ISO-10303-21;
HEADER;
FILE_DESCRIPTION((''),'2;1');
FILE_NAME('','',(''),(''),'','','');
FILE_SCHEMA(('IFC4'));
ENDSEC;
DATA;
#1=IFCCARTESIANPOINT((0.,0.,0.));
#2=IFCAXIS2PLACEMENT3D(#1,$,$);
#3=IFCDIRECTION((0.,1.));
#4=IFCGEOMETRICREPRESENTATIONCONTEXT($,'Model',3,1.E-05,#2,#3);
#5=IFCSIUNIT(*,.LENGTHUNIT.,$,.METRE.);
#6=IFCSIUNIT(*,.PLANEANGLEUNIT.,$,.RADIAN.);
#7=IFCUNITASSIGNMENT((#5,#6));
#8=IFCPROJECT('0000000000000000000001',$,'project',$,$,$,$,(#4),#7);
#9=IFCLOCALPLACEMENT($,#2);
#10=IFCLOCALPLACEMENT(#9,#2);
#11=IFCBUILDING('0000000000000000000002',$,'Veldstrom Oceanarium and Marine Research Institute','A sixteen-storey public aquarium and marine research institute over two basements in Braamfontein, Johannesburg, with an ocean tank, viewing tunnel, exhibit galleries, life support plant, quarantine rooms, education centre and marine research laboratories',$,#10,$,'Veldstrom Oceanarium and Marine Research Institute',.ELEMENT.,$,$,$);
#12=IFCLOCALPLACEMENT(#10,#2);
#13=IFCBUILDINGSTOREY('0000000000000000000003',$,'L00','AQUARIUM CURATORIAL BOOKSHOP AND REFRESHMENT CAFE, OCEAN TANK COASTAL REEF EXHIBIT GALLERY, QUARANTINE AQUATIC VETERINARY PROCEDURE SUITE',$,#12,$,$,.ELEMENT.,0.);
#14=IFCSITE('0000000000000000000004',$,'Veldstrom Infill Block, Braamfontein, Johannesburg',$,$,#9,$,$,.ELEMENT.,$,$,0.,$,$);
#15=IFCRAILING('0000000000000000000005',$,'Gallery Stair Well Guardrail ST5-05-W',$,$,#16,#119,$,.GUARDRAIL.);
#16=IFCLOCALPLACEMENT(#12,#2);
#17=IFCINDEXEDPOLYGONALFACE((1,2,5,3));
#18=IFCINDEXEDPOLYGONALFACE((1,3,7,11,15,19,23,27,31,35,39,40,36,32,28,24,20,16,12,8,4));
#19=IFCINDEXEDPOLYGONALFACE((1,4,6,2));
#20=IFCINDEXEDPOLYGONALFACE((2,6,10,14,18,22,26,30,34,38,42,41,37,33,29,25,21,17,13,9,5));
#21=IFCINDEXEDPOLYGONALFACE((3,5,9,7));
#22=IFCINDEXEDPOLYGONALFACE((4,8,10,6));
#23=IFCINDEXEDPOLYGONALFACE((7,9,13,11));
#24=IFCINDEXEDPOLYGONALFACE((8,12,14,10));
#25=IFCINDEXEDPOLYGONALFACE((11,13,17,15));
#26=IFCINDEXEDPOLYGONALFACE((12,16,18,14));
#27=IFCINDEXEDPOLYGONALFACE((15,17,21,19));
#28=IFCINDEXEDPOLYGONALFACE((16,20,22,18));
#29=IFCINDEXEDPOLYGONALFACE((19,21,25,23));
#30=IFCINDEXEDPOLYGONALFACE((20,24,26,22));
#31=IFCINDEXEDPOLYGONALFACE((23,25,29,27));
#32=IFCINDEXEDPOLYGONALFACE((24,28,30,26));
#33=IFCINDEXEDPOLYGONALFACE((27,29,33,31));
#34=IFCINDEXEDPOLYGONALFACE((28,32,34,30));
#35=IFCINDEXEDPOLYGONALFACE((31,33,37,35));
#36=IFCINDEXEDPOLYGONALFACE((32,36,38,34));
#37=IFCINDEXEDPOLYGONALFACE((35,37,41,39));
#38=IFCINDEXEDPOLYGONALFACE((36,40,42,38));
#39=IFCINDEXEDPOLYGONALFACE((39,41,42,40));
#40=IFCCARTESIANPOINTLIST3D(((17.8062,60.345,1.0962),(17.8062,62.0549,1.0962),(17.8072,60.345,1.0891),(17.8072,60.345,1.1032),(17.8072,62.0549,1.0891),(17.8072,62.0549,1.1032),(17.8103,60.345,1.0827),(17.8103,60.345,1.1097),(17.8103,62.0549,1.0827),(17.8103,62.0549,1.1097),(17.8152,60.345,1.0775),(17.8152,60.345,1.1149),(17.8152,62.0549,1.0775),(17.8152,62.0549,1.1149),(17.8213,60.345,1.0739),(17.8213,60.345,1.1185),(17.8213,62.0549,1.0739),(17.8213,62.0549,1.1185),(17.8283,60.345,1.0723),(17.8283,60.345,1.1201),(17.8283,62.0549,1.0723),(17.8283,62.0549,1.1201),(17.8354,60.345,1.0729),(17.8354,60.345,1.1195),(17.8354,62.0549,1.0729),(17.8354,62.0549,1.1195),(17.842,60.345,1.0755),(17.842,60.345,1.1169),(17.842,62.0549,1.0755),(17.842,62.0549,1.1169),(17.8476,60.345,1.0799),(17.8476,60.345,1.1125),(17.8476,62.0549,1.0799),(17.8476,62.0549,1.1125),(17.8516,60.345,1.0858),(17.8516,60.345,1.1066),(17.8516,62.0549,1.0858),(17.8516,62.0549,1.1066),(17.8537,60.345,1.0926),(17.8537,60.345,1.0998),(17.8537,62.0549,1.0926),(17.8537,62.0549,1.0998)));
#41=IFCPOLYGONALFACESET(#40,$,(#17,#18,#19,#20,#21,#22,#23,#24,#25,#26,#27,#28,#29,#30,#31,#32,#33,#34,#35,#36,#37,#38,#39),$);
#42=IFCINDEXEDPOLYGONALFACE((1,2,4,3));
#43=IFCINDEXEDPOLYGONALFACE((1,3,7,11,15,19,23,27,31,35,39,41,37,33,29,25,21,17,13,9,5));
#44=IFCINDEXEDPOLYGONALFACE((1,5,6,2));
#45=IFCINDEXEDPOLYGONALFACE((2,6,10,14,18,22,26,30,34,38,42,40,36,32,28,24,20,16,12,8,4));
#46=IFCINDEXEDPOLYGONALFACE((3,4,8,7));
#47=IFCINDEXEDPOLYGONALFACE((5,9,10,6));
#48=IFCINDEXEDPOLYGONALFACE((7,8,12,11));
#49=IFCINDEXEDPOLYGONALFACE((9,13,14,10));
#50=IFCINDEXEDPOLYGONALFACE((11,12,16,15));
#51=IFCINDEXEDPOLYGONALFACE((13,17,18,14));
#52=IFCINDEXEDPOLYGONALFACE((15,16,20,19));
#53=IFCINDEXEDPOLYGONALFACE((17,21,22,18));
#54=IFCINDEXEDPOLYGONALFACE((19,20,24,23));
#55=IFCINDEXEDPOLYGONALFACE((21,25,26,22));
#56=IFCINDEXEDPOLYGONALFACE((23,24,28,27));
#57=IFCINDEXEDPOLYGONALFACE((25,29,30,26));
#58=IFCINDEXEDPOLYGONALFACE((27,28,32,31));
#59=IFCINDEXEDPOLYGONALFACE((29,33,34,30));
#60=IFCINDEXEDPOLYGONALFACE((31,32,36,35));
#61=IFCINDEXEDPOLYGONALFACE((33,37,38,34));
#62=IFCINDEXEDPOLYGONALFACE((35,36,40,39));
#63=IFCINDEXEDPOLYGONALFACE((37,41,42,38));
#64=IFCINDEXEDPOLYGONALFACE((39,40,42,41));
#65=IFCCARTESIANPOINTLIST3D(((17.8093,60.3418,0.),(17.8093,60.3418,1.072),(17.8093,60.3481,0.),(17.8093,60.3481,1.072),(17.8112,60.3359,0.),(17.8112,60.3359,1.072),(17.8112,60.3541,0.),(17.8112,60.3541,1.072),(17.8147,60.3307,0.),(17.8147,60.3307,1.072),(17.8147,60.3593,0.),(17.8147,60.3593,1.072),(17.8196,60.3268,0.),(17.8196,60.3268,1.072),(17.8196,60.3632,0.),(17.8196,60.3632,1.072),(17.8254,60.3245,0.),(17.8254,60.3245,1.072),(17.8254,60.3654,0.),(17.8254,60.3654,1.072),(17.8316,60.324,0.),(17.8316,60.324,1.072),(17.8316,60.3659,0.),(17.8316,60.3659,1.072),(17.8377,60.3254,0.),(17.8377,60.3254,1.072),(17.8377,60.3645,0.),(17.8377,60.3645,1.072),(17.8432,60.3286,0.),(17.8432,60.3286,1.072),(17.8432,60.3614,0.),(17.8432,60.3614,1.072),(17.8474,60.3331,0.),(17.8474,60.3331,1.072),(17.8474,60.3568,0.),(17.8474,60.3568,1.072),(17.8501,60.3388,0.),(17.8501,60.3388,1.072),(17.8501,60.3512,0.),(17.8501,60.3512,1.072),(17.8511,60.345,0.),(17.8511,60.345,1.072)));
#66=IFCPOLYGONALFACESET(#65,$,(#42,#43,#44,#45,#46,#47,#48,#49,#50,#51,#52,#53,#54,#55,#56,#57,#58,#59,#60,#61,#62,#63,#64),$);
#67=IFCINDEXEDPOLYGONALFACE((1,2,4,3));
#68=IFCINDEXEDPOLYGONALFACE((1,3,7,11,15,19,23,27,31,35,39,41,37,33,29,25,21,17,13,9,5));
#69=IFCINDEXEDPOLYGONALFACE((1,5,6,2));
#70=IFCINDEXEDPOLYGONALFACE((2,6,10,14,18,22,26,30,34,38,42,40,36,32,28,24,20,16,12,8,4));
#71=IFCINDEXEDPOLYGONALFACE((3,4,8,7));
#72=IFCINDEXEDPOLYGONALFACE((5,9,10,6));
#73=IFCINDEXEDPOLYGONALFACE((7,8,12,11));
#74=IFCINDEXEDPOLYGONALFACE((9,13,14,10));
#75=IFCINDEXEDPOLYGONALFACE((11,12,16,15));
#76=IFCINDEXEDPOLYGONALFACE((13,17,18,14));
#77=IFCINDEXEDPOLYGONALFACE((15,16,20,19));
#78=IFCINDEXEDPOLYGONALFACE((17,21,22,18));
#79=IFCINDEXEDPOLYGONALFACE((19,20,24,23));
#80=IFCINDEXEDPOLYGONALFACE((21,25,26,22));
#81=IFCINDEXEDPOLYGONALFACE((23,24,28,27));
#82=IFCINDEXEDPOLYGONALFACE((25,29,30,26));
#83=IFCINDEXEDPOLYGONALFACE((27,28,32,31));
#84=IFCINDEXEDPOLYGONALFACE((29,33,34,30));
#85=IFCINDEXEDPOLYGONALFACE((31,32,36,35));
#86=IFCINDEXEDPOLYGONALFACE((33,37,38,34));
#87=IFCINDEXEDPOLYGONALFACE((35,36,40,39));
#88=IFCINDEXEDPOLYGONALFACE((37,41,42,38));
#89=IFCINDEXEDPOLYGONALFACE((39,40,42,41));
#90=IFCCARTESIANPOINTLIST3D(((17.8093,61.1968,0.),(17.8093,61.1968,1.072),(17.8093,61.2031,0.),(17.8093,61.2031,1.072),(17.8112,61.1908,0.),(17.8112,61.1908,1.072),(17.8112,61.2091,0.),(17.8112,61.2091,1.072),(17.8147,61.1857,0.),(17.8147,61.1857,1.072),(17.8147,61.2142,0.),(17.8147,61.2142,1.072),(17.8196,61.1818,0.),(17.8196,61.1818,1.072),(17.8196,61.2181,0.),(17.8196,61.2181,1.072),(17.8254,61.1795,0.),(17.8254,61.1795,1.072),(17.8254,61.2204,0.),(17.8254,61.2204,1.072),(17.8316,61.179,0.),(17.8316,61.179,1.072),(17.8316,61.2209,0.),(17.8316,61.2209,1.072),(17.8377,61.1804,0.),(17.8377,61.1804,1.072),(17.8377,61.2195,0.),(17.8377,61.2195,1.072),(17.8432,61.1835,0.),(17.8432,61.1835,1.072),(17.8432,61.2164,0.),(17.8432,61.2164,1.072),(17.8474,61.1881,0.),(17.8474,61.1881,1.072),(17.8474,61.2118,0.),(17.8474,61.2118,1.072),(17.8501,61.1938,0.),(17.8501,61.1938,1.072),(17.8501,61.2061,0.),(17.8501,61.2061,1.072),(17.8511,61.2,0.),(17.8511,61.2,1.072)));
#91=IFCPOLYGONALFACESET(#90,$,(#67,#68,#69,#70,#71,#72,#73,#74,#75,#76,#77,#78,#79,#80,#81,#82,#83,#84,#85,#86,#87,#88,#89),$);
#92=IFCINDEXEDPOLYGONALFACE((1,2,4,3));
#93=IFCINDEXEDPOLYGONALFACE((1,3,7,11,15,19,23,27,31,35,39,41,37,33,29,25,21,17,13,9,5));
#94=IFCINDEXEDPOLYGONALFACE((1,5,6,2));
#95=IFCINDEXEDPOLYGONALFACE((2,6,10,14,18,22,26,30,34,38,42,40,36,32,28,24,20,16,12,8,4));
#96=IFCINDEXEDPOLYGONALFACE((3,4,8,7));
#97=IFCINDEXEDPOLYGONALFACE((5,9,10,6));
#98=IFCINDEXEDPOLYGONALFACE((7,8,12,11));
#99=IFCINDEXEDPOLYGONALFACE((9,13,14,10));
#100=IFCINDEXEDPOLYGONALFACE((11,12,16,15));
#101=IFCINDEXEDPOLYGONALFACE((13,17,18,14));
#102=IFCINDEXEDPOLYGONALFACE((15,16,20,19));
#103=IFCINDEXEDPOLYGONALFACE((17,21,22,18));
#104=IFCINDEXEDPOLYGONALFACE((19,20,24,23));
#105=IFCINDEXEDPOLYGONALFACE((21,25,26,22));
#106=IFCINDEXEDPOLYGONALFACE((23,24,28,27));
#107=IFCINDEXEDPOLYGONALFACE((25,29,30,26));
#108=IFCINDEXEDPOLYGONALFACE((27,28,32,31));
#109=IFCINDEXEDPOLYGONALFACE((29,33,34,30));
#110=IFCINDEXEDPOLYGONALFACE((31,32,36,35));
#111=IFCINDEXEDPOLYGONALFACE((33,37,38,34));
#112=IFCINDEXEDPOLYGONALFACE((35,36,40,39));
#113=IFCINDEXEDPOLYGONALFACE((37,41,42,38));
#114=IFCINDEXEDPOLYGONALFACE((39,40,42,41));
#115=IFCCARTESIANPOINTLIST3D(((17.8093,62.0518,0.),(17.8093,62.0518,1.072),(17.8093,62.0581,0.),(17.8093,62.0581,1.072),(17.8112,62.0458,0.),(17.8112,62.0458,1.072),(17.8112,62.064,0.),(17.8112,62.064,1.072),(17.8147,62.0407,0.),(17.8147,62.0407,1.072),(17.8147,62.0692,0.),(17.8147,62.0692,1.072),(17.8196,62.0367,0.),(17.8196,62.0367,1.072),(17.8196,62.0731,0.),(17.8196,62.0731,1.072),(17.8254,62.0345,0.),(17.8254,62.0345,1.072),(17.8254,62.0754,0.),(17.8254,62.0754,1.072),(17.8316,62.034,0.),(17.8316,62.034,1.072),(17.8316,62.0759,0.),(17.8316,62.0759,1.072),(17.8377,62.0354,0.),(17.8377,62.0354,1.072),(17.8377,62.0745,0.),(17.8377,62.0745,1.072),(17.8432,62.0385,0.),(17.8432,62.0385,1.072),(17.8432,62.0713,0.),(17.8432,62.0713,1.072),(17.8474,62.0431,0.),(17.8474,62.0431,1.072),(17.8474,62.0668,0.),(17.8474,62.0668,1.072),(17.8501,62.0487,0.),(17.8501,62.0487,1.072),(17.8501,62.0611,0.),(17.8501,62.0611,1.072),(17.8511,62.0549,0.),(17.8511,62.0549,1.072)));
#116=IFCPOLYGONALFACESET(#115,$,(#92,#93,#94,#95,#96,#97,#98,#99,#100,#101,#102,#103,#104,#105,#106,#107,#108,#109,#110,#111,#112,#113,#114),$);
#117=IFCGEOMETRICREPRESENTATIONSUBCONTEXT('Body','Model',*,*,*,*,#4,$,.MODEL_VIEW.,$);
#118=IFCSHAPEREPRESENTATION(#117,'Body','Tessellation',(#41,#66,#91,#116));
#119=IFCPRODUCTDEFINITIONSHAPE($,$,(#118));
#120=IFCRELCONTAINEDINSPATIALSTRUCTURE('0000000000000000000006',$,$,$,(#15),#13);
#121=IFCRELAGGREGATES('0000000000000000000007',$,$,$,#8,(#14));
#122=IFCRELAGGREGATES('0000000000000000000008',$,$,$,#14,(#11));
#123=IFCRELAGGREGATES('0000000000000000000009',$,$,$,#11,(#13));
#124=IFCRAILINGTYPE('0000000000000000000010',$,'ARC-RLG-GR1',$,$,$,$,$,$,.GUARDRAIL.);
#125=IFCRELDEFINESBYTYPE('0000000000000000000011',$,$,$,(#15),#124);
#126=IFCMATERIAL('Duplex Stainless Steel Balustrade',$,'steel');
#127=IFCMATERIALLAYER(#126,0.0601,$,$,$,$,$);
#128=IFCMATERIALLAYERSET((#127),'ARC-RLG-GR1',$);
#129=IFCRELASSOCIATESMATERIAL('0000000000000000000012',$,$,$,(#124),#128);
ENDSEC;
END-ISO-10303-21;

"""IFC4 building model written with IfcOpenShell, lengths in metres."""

from ifc_helpers import new_model, si_unit, direction, frame, origin, origin_2d, place, context, subcontext, project, spatial, circle, extrude, material, layer, layer_set, type_object, element, save


model = new_model("IFC4")

# Units and contexts
model_context = context("Model", 3, precision=1e-05, world=origin(), true_north=direction((0.0, 1.0)))
body_context = subcontext(model_context, "Body", "Model", "MODEL_VIEW")
ifc_project = project(units=[si_unit("LENGTHUNIT", "METRE"), si_unit("PLANEANGLEUNIT", "RADIAN")], contexts=[model_context])

# Site, building, storey
site_placement = place(None, origin())
site = spatial("IfcSite", under=ifc_project, at=site_placement, Name="Veldstrom Infill Block, Braamfontein, Johannesburg", CompositionType="ELEMENT", RefElevation=0.0)
building_placement = place(site_placement, origin())
building = spatial("IfcBuilding", under=site, at=building_placement, Name="Veldstrom Oceanarium and Marine Research Institute", Description="A sixteen-storey public aquarium and marine research institute over two basements in Braamfontein, Johannesburg, with an ocean tank, viewing tunnel, exhibit galleries, life support plant, quarantine rooms, education centre and marine research laboratories", LongName="Veldstrom Oceanarium and Marine Research Institute", CompositionType="ELEMENT")
storey_placement = place(building_placement, origin())
storey = spatial("IfcBuildingStorey", under=building, at=storey_placement, Name="L00", Description="AQUARIUM CURATORIAL BOOKSHOP AND REFRESHMENT CAFE, OCEAN TANK COASTAL REEF EXHIBIT GALLERY, QUARANTINE AQUATIC VETERINARY PROCEDURE SUITE", CompositionType="ELEMENT", Elevation=0.0)

# Railing
ifc_material_1 = material(Name="Duplex Stainless Steel Balustrade", Category="steel")
ifc_layer_1 = layer(ifc_material_1, 0.0601)
ifc_layer_set_1 = layer_set([ifc_layer_1], Name="ARC-RLG-GR1")
railing_type = type_object("IfcRailingType", Name="ARC-RLG-GR1", PredefinedType="GUARDRAIL", material=ifc_layer_set_1)
railing_placement = place(storey_placement, frame((17.8301, 60.345, 0.0)))
element("IfcRailing", 1, at=railing_placement, inside=storey, type_object=railing_type, Name="Gallery Stair Well Guardrail ST5-05-W", PredefinedType="GUARDRAIL", context=body_context, shape_type="SweptSolid", body=[
    extrude(circle(Radius=0.0239, at=origin_2d()), frame((0.0, 0.0, 1.0962), z_axis=(0.0, 1.0, 0.0), x_axis=(-1.0, 0.0, 0.0)), (0.0, 0.0, 1.0), 1.71),
    extrude(circle(Radius=0.021, at=origin_2d()), origin(), (0.0, 0.0, 1.0), 1.072),
    extrude(circle(Radius=0.021, at=origin_2d()), frame((0.0, 0.855, 0.0)), (0.0, 0.0, 1.0), 1.072),
    extrude(circle(Radius=0.021, at=origin_2d()), frame((0.0, 1.71, 0.0)), (0.0, 0.0, 1.0), 1.072),
])

save(model, "model.ifc")
